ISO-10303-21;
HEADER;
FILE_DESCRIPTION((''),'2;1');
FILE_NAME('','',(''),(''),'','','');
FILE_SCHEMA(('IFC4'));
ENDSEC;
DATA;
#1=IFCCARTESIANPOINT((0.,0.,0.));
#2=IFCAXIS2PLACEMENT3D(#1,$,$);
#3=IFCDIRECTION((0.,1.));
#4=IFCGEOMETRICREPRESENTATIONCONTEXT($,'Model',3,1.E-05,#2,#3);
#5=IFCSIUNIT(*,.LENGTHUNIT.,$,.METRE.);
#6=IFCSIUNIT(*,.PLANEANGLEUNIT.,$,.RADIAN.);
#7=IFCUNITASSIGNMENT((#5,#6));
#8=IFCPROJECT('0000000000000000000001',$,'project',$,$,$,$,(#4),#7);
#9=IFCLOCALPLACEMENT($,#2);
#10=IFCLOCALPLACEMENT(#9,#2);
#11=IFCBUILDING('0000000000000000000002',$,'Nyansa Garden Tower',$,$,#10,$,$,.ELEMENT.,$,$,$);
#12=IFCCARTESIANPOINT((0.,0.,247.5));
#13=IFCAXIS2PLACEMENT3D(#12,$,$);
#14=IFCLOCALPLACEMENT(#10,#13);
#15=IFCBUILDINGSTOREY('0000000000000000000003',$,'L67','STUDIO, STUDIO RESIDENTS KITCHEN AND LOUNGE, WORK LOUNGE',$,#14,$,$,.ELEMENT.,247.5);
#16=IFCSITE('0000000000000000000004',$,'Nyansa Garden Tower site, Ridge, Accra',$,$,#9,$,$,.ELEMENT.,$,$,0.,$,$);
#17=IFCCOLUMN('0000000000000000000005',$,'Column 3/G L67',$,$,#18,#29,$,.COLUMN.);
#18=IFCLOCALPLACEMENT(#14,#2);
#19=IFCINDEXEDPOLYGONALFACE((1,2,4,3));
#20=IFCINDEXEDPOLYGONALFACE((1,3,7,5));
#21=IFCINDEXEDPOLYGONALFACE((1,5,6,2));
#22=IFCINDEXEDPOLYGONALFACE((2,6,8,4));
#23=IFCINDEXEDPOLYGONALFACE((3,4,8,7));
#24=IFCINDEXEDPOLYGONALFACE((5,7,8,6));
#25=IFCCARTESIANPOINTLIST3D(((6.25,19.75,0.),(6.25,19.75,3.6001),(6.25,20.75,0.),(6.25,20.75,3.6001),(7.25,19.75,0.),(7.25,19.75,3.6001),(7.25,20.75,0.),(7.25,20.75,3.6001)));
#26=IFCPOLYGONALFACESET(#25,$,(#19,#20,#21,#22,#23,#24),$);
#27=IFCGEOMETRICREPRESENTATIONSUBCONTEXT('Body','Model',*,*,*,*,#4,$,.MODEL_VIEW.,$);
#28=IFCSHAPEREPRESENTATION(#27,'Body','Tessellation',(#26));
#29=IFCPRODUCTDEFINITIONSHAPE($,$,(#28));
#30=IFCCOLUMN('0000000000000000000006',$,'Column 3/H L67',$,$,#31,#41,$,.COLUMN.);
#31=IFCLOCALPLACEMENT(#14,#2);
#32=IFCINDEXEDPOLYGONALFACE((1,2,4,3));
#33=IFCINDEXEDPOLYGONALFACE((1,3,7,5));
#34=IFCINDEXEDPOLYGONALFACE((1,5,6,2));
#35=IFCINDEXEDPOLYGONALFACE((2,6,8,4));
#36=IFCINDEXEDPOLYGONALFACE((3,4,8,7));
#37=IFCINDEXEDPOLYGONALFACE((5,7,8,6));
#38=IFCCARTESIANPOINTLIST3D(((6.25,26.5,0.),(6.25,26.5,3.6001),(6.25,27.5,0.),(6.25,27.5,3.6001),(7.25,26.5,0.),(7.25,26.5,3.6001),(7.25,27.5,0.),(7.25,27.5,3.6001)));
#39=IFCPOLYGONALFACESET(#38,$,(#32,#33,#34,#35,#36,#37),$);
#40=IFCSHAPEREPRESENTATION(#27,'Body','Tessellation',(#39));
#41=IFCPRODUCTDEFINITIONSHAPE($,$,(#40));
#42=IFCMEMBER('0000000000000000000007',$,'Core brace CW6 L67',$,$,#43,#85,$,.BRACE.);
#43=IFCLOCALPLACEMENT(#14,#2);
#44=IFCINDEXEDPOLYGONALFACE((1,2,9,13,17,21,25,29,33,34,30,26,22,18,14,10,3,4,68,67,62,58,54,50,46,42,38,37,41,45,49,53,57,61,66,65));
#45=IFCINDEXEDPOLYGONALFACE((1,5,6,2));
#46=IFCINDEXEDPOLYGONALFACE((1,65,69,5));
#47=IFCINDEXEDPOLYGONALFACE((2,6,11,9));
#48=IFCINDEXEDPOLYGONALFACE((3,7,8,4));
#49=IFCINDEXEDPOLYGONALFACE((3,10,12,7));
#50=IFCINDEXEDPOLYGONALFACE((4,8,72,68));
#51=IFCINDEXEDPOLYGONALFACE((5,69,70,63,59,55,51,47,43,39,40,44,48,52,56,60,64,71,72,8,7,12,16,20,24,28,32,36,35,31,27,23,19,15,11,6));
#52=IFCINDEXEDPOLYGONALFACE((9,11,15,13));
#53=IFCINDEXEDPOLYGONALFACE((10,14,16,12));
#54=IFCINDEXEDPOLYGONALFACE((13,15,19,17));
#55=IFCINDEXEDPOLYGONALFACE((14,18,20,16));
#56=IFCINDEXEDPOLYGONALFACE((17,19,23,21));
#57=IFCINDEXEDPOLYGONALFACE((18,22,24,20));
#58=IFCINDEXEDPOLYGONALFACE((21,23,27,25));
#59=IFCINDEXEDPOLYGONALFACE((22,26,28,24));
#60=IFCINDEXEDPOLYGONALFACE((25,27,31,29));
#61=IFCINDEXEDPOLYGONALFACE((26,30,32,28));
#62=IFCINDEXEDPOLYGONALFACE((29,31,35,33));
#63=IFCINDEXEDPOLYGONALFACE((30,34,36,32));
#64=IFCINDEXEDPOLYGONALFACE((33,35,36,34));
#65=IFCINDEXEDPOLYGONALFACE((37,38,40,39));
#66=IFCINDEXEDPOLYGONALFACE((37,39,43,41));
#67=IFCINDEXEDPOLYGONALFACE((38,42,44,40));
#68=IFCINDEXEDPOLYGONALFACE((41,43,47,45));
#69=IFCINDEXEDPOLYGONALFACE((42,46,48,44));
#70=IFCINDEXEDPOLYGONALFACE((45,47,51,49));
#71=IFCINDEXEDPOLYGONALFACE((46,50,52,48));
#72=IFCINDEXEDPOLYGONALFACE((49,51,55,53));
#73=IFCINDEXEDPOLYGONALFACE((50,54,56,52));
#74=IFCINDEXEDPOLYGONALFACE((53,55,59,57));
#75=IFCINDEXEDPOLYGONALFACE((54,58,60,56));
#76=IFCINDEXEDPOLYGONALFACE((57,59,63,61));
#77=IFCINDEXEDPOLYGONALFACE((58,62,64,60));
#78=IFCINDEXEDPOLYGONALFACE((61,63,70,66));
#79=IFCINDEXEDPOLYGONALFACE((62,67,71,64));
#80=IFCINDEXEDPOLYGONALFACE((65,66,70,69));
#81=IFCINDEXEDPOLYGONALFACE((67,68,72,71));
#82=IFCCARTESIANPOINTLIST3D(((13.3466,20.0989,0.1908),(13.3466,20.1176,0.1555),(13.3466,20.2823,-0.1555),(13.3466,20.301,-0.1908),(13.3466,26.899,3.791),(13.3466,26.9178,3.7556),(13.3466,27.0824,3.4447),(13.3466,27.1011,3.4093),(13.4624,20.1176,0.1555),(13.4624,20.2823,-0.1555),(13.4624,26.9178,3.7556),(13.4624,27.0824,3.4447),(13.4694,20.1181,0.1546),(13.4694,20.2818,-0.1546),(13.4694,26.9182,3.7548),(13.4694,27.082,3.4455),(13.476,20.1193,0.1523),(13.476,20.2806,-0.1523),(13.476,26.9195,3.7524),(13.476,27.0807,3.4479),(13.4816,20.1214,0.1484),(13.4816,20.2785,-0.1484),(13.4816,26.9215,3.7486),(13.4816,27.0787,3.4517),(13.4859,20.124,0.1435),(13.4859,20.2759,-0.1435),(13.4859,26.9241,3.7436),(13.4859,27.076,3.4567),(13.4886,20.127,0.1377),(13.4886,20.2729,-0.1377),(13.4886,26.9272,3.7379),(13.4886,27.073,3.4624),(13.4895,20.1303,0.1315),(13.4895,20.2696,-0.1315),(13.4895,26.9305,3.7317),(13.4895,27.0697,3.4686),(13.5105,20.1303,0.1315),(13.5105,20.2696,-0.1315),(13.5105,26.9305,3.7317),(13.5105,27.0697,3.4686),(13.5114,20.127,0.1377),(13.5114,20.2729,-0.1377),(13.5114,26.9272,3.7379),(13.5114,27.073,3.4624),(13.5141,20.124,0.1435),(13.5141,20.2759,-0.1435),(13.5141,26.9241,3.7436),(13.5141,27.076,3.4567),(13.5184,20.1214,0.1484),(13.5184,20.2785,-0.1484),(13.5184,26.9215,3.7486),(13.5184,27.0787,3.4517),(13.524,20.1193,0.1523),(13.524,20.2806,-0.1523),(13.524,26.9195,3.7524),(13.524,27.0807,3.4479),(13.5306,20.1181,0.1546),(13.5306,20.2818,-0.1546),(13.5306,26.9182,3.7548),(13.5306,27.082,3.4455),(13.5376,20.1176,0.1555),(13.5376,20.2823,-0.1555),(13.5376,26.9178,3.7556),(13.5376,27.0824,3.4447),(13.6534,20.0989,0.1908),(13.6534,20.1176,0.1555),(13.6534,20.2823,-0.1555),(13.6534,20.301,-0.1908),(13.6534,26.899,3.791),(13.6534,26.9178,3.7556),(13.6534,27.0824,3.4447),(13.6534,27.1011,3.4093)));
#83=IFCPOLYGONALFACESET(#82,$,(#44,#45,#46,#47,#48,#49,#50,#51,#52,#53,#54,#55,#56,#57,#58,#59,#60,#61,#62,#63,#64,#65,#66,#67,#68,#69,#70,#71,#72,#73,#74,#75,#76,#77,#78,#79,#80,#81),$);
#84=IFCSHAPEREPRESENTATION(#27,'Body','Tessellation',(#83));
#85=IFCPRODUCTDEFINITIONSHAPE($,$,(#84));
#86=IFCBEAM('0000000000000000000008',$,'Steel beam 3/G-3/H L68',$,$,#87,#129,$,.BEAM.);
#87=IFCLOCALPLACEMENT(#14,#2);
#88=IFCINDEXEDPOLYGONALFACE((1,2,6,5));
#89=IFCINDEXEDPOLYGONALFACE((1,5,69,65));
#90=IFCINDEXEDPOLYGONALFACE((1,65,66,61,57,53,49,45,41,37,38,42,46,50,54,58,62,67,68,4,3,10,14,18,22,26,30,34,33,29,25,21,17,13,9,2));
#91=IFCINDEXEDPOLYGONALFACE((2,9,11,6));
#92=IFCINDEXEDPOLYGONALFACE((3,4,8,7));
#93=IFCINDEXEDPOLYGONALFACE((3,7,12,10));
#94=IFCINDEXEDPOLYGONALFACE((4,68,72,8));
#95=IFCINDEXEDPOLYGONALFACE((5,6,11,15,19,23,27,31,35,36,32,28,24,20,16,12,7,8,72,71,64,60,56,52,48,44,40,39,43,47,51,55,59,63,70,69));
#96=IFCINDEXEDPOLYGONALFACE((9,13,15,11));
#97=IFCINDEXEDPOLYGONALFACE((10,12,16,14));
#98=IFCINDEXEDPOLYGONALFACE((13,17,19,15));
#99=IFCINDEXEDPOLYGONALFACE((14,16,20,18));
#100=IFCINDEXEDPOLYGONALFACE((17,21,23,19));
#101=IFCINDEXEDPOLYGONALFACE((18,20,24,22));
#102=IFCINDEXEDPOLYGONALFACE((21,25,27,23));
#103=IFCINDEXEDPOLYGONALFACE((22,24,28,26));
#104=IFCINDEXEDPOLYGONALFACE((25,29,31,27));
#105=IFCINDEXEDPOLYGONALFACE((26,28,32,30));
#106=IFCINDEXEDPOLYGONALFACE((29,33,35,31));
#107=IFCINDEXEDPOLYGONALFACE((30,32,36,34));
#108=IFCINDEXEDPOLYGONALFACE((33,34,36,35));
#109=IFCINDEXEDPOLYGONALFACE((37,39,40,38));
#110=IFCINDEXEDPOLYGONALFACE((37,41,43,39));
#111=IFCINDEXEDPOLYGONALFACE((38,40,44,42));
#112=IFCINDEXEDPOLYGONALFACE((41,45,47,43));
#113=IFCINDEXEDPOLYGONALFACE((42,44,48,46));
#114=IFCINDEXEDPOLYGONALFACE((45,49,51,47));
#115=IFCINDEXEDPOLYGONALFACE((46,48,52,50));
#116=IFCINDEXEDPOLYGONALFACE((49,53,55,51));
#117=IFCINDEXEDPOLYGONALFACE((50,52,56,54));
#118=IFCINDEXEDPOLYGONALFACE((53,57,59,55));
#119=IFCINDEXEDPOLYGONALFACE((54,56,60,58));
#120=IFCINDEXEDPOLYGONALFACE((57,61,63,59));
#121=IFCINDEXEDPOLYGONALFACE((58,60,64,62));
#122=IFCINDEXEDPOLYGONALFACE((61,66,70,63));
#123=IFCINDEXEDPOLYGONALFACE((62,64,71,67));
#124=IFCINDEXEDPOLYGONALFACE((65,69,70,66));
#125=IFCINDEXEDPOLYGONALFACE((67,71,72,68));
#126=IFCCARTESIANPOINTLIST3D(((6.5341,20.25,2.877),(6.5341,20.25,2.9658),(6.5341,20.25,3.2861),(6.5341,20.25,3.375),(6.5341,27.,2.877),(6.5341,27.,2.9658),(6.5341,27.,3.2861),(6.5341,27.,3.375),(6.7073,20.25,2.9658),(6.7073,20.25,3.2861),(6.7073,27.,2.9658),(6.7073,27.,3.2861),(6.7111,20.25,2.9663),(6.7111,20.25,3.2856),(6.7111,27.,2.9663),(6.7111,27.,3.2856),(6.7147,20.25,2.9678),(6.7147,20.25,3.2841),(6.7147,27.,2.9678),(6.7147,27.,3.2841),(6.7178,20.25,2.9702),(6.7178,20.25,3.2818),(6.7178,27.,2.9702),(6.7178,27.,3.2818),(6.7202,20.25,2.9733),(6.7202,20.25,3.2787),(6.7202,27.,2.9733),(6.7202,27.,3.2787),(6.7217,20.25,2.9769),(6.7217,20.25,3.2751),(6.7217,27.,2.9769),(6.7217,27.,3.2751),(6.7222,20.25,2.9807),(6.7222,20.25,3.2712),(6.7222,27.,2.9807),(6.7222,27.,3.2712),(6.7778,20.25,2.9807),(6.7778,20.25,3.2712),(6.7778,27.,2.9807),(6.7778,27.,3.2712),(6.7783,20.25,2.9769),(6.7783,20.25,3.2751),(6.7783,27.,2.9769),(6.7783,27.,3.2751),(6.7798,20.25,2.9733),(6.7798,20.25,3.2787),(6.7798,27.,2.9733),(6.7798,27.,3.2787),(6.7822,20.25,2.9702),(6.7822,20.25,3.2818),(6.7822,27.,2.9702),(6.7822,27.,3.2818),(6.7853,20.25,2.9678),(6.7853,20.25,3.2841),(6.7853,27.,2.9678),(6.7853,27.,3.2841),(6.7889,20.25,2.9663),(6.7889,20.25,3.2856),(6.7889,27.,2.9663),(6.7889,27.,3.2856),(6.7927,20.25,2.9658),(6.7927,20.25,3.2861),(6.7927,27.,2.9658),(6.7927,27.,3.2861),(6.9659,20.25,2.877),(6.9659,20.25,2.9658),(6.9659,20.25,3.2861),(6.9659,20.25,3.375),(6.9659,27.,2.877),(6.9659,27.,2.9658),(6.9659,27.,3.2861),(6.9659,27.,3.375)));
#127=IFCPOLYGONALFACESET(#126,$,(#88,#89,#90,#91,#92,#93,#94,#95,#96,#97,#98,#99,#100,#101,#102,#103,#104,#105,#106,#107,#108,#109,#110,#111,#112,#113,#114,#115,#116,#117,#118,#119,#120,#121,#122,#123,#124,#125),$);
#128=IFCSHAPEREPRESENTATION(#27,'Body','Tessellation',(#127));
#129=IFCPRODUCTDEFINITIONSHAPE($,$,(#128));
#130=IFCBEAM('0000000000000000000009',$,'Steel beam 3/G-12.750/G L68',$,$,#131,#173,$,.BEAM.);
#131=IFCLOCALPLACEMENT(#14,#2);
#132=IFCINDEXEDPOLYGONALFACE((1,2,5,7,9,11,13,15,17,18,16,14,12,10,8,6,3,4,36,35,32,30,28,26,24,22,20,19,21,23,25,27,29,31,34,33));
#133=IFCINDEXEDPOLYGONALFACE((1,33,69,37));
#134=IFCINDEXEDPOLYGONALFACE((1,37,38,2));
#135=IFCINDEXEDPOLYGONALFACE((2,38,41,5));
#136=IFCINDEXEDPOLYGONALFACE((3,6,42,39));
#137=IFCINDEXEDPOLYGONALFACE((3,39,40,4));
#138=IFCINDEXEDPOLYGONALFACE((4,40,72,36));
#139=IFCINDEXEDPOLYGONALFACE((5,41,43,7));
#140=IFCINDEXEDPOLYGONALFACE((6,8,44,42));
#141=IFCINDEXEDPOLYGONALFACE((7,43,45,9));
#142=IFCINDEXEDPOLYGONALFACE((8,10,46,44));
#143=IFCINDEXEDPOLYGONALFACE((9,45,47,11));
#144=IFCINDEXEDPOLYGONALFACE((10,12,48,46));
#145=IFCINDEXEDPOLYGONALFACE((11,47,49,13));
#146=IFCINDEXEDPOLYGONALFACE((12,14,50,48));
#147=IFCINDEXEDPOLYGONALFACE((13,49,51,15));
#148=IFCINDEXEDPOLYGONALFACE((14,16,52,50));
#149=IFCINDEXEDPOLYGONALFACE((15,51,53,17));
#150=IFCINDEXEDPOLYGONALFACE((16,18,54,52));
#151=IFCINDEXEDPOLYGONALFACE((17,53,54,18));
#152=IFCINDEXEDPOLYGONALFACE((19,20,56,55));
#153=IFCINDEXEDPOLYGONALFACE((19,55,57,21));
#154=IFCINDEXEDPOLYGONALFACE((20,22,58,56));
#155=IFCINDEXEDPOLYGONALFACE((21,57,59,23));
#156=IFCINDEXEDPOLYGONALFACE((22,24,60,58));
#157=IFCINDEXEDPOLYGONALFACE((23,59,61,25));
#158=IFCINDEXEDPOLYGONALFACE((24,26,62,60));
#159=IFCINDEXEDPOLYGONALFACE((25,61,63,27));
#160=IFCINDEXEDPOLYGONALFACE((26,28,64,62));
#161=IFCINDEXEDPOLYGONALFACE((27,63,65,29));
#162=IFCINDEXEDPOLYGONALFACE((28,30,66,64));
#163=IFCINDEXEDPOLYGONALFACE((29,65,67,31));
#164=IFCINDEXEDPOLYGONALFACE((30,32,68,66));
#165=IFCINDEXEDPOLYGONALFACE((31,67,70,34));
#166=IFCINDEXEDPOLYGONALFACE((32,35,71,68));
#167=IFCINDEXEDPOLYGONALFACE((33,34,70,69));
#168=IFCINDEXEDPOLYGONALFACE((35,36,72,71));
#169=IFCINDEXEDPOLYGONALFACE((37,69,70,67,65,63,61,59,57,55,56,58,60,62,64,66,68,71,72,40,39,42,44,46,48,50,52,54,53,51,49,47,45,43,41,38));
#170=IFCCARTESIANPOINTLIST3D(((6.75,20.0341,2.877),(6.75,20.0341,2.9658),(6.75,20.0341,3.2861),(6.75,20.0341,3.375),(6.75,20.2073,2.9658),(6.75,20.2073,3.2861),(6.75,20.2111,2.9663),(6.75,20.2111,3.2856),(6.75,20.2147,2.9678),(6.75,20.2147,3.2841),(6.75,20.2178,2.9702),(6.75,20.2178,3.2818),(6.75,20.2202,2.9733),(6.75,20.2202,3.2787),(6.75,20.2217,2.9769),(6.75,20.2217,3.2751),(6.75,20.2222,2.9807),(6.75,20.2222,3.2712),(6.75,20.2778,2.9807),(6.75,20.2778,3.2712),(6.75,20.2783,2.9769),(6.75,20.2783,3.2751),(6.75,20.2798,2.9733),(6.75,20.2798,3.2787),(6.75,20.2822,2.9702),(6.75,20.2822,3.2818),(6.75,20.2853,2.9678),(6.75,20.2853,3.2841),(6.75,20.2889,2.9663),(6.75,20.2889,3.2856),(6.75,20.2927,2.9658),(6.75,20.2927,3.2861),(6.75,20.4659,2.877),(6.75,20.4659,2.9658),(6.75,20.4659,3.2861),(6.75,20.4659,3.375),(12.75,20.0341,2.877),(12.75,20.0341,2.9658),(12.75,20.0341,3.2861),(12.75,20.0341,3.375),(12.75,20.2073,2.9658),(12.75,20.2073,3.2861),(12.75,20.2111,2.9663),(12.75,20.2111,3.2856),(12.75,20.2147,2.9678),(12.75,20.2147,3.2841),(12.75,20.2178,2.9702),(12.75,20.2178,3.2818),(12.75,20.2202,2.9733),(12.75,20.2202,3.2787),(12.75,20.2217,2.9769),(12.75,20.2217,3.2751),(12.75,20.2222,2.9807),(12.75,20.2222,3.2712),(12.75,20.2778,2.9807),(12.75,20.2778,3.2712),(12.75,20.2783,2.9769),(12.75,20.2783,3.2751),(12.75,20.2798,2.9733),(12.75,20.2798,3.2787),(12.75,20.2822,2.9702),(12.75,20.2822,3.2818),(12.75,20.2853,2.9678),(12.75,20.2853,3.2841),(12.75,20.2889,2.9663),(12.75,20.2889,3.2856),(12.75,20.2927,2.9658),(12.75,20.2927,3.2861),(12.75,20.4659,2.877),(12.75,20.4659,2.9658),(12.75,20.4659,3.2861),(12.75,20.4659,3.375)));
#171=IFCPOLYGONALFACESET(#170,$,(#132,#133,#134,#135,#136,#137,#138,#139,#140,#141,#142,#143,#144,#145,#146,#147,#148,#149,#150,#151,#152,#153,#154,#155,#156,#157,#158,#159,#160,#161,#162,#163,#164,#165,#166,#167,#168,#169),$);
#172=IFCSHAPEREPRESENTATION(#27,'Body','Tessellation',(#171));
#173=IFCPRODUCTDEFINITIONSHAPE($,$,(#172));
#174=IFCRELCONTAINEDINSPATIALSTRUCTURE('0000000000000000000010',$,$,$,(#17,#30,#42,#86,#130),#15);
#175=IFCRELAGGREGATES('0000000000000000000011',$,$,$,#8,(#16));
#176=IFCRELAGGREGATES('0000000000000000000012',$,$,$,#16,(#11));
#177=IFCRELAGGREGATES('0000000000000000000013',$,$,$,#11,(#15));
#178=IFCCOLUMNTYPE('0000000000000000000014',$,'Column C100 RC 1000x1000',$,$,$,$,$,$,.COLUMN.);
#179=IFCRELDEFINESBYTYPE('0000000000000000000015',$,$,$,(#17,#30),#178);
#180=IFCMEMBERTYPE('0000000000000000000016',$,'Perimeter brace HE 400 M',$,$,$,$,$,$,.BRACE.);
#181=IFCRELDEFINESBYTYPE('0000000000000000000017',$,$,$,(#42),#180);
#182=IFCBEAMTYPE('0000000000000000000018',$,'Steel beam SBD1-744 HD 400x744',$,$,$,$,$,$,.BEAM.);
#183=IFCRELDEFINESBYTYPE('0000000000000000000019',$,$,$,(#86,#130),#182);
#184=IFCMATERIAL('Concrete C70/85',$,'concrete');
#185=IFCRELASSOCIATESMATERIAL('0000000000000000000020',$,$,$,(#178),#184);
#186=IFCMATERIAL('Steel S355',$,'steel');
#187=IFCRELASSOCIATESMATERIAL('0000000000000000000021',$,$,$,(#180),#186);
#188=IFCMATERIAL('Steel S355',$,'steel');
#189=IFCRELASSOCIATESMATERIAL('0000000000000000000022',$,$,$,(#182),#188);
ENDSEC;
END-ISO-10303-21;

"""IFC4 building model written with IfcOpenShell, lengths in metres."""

from ifc_helpers import new_model, si_unit, direction, frame, origin, origin_2d, place, context, subcontext, project, spatial, rectangle, i_section, extrude, material, material_profile, profile_set, type_object, element, save


model = new_model("IFC4")

# Units and contexts
model_context = context("Model", 3, precision=1e-05, world=origin(), true_north=direction((0.0, 1.0)))
body_context = subcontext(model_context, "Body", "Model", "MODEL_VIEW")
ifc_project = project(units=[si_unit("LENGTHUNIT", "METRE"), si_unit("PLANEANGLEUNIT", "RADIAN")], contexts=[model_context])

# Site, building, storey
site_placement = place(None, origin())
site = spatial("IfcSite", under=ifc_project, at=site_placement, Name="Nyansa Garden Tower site, Ridge, Accra", CompositionType="ELEMENT", RefElevation=0.0)
building_placement = place(site_placement, origin())
building = spatial("IfcBuilding", under=site, at=building_placement, Name="Nyansa Garden Tower", CompositionType="ELEMENT")
storey_placement = place(building_placement, frame((0.0, 0.0, 247.5)))
storey = spatial("IfcBuildingStorey", under=building, at=storey_placement, Name="L67", Description="STUDIO, STUDIO RESIDENTS KITCHEN AND LOUNGE, WORK LOUNGE", CompositionType="ELEMENT", Elevation=247.5)

# Columns
ifc_material_1 = material(Name="Concrete C70/85", Category="concrete")
ifc_material_profile_1 = material_profile(ifc_material_1, rectangle(XDim=1.0, YDim=1.0, at=origin_2d()), Name="RC 1000x1000")
ifc_profile_set_1 = profile_set([ifc_material_profile_1], Name="Concrete C70/85")
column_type = type_object("IfcColumnType", Name="Column C100 RC 1000x1000", PredefinedType="COLUMN", material=ifc_profile_set_1)
for number, where, z_axis, x_axis, name in (
    (1, (6.75, 20.25, 0.0), (0.0, 0.0, 1.0), (1.0, 0.0, 0.0), "Column 3/G L67"),
    (2, (6.75, 27.0, 0.0), (0.0, 0.0, 1.0), (1.0, 0.0, 0.0), "Column 3/H L67"),
):
    element("IfcColumn", number, at=place(storey_placement, frame(where, z_axis=z_axis, x_axis=x_axis)), inside=storey, type_object=column_type, Name=name, PredefinedType="COLUMN", context=body_context, shape_type="SweptSolid", body=[
        extrude(rectangle(XDim=1.0, YDim=1.0, at=origin_2d()), origin(), (0.0, 0.0, 1.0), 3.6001),
    ])

# Member
ifc_material_2 = material(Name="Steel S355", Category="steel")
ifc_material_profile_2 = material_profile(ifc_material_2, i_section(OverallWidth=0.3069, OverallDepth=0.4319, WebThickness=0.021, FlangeThickness=0.04, FilletRadius=0.0271, at=origin_2d()), Name="HE 400 M")
ifc_profile_set_2 = profile_set([ifc_material_profile_2], Name="Steel S355")
member_type = type_object("IfcMemberType", Name="Perimeter brace HE 400 M", PredefinedType="BRACE", material=ifc_profile_set_2)
member_placement = place(storey_placement, frame((13.5, 20.2, 0.0), z_axis=(0.0, 0.883784, 0.467895), x_axis=(-1.0, 0.0, 0.0)))
element("IfcMember", 3, at=member_placement, inside=storey, type_object=member_type, Name="Core brace CW6 L67", PredefinedType="BRACE", context=body_context, shape_type="SweptSolid", body=[
    extrude(i_section(OverallWidth=0.3069, OverallDepth=0.4319, WebThickness=0.021, FlangeThickness=0.04, FilletRadius=0.0271, at=origin_2d()), origin(), (0.0, 0.0, 1.0), 7.6943),
])

# Beams
ifc_material_3 = material(Name="Steel S355", Category="steel")
ifc_material_profile_3 = material_profile(ifc_material_3, i_section(OverallWidth=0.4319, OverallDepth=0.498, WebThickness=0.0557, FlangeThickness=0.0889, FilletRadius=0.0149, at=origin_2d()), Name="HD 400x744")
ifc_profile_set_3 = profile_set([ifc_material_profile_3], Name="Steel S355")
beam_type_1 = type_object("IfcBeamType", Name="Steel beam SBD1-744 HD 400x744", PredefinedType="BEAM", material=ifc_profile_set_3)
beam_1_placement = place(storey_placement, frame((6.75, 20.25, 3.126), z_axis=(0.0, 1.0, 0.0), x_axis=(-1.0, 0.0, 0.0)))
element("IfcBeam", 4, at=beam_1_placement, inside=storey, type_object=beam_type_1, Name="Steel beam 3/G-3/H L68", PredefinedType="BEAM", context=body_context, shape_type="SweptSolid", body=[
    extrude(i_section(OverallWidth=0.4319, OverallDepth=0.498, WebThickness=0.0557, FlangeThickness=0.0889, FilletRadius=0.0149, at=origin_2d()), origin(), (0.0, 0.0, 1.0), 6.75),
])
beam_2_placement = place(storey_placement, frame((6.75, 20.25, 3.126), z_axis=(1.0, 0.0, 0.0), x_axis=(0.0, 1.0, 0.0)))
element("IfcBeam", 5, at=beam_2_placement, inside=storey, type_object=beam_type_1, Name="Steel beam 3/G-12.750/G L68", PredefinedType="BEAM", context=body_context, shape_type="SweptSolid", body=[
    extrude(i_section(OverallWidth=0.4319, OverallDepth=0.498, WebThickness=0.0557, FlangeThickness=0.0889, FilletRadius=0.0149, at=origin_2d()), origin(), (0.0, 0.0, 1.0), 6.0),
])

save(model, "model.ifc")
